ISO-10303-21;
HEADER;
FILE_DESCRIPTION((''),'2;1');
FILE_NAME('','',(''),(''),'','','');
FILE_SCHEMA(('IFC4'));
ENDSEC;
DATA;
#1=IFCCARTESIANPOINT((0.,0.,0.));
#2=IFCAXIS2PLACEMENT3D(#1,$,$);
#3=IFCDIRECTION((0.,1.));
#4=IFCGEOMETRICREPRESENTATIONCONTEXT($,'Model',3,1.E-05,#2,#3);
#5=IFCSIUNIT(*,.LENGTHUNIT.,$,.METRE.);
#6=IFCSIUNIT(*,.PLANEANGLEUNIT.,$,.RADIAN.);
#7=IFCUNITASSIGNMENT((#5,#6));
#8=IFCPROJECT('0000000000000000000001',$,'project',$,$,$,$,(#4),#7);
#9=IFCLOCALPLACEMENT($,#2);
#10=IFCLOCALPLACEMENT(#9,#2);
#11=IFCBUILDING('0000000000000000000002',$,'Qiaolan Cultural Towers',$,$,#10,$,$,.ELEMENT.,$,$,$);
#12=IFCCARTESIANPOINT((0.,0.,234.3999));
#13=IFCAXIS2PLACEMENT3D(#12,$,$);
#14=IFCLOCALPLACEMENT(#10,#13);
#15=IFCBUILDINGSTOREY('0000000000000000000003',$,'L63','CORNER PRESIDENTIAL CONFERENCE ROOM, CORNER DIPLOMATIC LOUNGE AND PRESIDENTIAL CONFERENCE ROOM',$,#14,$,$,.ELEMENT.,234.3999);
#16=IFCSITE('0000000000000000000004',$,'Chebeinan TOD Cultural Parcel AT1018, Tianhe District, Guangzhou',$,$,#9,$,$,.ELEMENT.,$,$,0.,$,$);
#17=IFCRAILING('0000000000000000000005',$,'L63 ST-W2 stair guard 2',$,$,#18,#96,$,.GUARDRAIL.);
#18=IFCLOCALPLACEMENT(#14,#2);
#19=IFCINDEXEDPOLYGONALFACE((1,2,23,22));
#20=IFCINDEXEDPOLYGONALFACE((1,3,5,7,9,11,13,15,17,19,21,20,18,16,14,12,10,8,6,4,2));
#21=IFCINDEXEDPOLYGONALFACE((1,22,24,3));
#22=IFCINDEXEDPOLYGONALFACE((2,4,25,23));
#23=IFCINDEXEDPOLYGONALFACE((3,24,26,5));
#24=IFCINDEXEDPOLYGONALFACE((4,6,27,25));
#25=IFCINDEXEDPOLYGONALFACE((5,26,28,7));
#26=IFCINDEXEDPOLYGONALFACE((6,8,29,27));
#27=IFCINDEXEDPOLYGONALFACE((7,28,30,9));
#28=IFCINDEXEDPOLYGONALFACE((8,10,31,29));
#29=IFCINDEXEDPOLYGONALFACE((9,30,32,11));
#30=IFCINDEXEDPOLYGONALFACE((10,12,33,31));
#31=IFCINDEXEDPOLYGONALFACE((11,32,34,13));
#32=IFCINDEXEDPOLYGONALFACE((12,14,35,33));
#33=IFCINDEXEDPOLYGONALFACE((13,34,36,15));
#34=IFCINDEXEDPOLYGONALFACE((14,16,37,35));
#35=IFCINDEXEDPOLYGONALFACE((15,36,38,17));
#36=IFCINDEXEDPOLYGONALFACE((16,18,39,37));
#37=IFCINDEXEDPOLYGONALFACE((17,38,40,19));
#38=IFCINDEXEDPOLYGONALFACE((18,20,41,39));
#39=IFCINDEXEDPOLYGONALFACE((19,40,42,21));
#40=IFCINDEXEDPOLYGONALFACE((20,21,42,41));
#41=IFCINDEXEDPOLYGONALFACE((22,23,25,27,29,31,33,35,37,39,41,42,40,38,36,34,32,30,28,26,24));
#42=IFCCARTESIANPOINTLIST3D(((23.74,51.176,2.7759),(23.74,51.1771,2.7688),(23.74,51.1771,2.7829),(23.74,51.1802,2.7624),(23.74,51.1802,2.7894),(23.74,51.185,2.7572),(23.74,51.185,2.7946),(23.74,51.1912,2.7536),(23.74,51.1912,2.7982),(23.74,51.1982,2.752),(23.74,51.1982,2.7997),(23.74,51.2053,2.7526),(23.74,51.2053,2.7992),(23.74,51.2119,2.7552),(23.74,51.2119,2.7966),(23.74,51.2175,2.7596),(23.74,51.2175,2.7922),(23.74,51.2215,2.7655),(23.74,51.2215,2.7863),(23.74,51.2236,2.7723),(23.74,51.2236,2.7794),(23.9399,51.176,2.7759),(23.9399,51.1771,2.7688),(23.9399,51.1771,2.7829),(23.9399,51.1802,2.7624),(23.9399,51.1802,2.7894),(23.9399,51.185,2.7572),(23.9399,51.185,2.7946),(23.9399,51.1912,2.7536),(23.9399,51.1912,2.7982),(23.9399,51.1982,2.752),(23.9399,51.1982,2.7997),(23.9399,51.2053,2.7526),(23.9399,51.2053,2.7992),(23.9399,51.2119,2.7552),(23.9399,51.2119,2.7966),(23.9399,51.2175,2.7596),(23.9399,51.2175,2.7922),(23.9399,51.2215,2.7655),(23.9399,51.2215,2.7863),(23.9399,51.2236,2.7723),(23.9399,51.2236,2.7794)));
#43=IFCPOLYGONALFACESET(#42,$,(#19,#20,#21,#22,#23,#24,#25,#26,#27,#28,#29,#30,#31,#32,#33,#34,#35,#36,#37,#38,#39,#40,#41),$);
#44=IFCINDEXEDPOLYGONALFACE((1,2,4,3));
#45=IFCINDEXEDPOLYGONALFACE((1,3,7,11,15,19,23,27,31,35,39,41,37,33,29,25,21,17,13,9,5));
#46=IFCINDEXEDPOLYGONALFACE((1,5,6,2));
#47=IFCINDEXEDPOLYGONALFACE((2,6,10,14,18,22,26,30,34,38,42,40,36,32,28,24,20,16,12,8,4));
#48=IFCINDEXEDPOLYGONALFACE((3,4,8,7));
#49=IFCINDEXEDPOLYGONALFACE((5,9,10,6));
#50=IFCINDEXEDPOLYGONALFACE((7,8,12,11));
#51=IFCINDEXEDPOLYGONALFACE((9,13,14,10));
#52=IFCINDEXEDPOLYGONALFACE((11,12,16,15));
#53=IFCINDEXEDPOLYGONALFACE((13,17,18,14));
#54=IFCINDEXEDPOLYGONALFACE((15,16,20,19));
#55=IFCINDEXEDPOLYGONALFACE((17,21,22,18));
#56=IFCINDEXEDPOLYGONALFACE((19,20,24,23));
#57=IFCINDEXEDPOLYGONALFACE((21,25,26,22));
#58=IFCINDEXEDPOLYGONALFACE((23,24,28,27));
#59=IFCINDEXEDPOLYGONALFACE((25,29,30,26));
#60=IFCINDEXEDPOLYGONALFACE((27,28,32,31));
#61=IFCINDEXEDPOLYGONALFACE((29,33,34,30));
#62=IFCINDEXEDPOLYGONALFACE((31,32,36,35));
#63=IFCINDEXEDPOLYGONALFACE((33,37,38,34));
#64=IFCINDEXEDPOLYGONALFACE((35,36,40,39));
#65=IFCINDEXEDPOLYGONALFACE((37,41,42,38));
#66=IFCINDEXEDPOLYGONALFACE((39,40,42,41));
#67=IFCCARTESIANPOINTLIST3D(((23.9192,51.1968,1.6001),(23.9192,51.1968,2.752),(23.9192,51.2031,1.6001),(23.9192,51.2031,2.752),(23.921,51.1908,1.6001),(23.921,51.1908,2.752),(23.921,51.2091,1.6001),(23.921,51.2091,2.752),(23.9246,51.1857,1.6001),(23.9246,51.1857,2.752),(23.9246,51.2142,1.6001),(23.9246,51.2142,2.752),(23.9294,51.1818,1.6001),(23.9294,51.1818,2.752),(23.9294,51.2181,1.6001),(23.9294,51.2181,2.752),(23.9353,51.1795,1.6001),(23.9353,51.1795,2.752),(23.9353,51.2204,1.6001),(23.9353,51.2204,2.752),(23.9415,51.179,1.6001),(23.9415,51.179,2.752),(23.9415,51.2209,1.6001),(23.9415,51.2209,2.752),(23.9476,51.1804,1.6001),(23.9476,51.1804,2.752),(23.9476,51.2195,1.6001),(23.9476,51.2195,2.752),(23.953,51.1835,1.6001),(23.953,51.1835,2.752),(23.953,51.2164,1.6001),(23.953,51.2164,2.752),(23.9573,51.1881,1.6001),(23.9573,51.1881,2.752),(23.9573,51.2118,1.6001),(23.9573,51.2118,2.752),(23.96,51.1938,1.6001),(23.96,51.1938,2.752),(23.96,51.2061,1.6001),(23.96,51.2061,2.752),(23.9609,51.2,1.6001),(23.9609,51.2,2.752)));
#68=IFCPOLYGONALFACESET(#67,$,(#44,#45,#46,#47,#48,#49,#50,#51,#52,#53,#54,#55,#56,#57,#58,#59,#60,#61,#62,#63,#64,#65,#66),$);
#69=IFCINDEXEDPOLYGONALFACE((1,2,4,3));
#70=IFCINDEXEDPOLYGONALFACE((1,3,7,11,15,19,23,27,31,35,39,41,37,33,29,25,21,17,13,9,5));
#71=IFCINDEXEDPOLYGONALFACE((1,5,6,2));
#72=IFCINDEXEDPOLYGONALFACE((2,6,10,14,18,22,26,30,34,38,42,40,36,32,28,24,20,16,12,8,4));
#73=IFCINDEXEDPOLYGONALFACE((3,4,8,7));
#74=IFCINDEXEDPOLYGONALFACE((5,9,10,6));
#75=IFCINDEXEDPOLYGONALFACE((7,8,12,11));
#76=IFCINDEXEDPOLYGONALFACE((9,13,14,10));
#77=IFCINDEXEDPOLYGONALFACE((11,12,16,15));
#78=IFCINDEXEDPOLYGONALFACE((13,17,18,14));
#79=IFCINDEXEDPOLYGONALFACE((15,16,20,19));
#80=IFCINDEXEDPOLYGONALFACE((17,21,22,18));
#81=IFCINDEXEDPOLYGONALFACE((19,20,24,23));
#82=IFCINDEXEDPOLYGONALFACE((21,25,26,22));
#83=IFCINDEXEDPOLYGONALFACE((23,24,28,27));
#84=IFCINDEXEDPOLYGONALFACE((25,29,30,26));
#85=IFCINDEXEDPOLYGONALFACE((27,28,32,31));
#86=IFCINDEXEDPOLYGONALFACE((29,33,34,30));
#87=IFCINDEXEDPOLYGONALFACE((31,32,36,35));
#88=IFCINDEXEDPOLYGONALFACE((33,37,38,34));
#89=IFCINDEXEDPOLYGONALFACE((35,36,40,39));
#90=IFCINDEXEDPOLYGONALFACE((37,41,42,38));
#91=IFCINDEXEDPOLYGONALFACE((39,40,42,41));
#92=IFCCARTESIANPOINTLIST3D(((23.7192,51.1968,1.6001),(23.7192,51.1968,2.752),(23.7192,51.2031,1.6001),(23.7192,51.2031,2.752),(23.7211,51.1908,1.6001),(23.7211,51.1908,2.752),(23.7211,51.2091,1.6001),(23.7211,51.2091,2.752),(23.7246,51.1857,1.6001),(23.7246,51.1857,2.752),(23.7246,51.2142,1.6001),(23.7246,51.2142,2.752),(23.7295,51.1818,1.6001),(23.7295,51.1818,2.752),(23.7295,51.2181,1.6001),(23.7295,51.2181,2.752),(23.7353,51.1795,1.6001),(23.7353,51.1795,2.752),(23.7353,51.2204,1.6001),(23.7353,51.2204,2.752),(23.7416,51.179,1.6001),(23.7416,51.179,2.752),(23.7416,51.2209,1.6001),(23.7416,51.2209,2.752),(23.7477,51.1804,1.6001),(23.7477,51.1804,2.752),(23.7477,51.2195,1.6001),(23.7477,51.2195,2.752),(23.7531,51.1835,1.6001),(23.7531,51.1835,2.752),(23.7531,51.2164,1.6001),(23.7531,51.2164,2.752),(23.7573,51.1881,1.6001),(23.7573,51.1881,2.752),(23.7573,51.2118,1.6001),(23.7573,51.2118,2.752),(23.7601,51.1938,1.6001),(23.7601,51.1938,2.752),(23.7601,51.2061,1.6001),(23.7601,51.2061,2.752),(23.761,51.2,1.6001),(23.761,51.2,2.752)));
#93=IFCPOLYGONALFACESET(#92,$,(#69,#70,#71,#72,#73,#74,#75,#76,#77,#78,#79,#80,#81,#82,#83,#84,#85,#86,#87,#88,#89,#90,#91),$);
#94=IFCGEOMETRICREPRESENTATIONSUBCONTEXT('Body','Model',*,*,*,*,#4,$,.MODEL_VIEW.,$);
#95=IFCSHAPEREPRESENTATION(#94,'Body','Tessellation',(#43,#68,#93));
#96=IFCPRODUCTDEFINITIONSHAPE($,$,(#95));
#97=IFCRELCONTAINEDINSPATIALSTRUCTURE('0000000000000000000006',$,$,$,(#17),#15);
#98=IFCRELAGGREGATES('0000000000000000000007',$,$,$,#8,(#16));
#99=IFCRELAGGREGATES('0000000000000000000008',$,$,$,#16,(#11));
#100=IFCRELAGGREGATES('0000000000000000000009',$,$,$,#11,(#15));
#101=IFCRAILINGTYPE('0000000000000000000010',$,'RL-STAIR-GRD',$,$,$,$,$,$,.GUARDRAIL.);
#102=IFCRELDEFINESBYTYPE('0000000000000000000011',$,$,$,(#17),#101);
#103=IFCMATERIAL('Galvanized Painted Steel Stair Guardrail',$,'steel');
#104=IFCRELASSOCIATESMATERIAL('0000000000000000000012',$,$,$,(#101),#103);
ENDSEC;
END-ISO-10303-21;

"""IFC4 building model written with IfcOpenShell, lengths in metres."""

from ifc_helpers import new_model, si_unit, direction, frame, origin, origin_2d, place, context, subcontext, project, spatial, circle, extrude, material, type_object, element, save


model = new_model("IFC4")

# Units and contexts
model_context = context("Model", 3, precision=1e-05, world=origin(), true_north=direction((0.0, 1.0)))
body_context = subcontext(model_context, "Body", "Model", "MODEL_VIEW")
ifc_project = project(units=[si_unit("LENGTHUNIT", "METRE"), si_unit("PLANEANGLEUNIT", "RADIAN")], contexts=[model_context])

# Site, building, storey
site_placement = place(None, origin())
site = spatial("IfcSite", under=ifc_project, at=site_placement, Name="Chebeinan TOD Cultural Parcel AT1018, Tianhe District, Guangzhou", CompositionType="ELEMENT", RefElevation=0.0)
building_placement = place(site_placement, origin())
building = spatial("IfcBuilding", under=site, at=building_placement, Name="Qiaolan Cultural Towers", CompositionType="ELEMENT")
storey_placement = place(building_placement, frame((0.0, 0.0, 234.3999)))
storey = spatial("IfcBuildingStorey", under=building, at=storey_placement, Name="L63", Description="CORNER PRESIDENTIAL CONFERENCE ROOM, CORNER DIPLOMATIC LOUNGE AND PRESIDENTIAL CONFERENCE ROOM", CompositionType="ELEMENT", Elevation=234.3999)

# Railing
ifc_material_1 = material(Name="Galvanized Painted Steel Stair Guardrail", Category="steel")
railing_type_1 = type_object("IfcRailingType", Name="RL-STAIR-GRD", PredefinedType="GUARDRAIL", material=ifc_material_1)
railing_1_placement = place(storey_placement, frame((23.9399, 51.2, 1.6001)))
element("IfcRailing", 1, at=railing_1_placement, inside=storey, type_object=railing_type_1, Name="L63 ST-W2 stair guard 2", PredefinedType="GUARDRAIL", context=body_context, shape_type="SweptSolid", body=[
    extrude(circle(Radius=0.0239, at=origin_2d()), frame((0.0, 0.0, 1.1758), z_axis=(-1.0, 0.0, 0.0), x_axis=(0.0, -1.0, 0.0)), (0.0, 0.0, 1.0), 0.2),
    extrude(circle(Radius=0.021, at=origin_2d()), origin(), (0.0, 0.0, 1.0), 1.1519),
    extrude(circle(Radius=0.021, at=origin_2d()), frame((-0.2, 0.0, 0.0)), (0.0, 0.0, 1.0), 1.1519),
])

save(model, "model.ifc")
